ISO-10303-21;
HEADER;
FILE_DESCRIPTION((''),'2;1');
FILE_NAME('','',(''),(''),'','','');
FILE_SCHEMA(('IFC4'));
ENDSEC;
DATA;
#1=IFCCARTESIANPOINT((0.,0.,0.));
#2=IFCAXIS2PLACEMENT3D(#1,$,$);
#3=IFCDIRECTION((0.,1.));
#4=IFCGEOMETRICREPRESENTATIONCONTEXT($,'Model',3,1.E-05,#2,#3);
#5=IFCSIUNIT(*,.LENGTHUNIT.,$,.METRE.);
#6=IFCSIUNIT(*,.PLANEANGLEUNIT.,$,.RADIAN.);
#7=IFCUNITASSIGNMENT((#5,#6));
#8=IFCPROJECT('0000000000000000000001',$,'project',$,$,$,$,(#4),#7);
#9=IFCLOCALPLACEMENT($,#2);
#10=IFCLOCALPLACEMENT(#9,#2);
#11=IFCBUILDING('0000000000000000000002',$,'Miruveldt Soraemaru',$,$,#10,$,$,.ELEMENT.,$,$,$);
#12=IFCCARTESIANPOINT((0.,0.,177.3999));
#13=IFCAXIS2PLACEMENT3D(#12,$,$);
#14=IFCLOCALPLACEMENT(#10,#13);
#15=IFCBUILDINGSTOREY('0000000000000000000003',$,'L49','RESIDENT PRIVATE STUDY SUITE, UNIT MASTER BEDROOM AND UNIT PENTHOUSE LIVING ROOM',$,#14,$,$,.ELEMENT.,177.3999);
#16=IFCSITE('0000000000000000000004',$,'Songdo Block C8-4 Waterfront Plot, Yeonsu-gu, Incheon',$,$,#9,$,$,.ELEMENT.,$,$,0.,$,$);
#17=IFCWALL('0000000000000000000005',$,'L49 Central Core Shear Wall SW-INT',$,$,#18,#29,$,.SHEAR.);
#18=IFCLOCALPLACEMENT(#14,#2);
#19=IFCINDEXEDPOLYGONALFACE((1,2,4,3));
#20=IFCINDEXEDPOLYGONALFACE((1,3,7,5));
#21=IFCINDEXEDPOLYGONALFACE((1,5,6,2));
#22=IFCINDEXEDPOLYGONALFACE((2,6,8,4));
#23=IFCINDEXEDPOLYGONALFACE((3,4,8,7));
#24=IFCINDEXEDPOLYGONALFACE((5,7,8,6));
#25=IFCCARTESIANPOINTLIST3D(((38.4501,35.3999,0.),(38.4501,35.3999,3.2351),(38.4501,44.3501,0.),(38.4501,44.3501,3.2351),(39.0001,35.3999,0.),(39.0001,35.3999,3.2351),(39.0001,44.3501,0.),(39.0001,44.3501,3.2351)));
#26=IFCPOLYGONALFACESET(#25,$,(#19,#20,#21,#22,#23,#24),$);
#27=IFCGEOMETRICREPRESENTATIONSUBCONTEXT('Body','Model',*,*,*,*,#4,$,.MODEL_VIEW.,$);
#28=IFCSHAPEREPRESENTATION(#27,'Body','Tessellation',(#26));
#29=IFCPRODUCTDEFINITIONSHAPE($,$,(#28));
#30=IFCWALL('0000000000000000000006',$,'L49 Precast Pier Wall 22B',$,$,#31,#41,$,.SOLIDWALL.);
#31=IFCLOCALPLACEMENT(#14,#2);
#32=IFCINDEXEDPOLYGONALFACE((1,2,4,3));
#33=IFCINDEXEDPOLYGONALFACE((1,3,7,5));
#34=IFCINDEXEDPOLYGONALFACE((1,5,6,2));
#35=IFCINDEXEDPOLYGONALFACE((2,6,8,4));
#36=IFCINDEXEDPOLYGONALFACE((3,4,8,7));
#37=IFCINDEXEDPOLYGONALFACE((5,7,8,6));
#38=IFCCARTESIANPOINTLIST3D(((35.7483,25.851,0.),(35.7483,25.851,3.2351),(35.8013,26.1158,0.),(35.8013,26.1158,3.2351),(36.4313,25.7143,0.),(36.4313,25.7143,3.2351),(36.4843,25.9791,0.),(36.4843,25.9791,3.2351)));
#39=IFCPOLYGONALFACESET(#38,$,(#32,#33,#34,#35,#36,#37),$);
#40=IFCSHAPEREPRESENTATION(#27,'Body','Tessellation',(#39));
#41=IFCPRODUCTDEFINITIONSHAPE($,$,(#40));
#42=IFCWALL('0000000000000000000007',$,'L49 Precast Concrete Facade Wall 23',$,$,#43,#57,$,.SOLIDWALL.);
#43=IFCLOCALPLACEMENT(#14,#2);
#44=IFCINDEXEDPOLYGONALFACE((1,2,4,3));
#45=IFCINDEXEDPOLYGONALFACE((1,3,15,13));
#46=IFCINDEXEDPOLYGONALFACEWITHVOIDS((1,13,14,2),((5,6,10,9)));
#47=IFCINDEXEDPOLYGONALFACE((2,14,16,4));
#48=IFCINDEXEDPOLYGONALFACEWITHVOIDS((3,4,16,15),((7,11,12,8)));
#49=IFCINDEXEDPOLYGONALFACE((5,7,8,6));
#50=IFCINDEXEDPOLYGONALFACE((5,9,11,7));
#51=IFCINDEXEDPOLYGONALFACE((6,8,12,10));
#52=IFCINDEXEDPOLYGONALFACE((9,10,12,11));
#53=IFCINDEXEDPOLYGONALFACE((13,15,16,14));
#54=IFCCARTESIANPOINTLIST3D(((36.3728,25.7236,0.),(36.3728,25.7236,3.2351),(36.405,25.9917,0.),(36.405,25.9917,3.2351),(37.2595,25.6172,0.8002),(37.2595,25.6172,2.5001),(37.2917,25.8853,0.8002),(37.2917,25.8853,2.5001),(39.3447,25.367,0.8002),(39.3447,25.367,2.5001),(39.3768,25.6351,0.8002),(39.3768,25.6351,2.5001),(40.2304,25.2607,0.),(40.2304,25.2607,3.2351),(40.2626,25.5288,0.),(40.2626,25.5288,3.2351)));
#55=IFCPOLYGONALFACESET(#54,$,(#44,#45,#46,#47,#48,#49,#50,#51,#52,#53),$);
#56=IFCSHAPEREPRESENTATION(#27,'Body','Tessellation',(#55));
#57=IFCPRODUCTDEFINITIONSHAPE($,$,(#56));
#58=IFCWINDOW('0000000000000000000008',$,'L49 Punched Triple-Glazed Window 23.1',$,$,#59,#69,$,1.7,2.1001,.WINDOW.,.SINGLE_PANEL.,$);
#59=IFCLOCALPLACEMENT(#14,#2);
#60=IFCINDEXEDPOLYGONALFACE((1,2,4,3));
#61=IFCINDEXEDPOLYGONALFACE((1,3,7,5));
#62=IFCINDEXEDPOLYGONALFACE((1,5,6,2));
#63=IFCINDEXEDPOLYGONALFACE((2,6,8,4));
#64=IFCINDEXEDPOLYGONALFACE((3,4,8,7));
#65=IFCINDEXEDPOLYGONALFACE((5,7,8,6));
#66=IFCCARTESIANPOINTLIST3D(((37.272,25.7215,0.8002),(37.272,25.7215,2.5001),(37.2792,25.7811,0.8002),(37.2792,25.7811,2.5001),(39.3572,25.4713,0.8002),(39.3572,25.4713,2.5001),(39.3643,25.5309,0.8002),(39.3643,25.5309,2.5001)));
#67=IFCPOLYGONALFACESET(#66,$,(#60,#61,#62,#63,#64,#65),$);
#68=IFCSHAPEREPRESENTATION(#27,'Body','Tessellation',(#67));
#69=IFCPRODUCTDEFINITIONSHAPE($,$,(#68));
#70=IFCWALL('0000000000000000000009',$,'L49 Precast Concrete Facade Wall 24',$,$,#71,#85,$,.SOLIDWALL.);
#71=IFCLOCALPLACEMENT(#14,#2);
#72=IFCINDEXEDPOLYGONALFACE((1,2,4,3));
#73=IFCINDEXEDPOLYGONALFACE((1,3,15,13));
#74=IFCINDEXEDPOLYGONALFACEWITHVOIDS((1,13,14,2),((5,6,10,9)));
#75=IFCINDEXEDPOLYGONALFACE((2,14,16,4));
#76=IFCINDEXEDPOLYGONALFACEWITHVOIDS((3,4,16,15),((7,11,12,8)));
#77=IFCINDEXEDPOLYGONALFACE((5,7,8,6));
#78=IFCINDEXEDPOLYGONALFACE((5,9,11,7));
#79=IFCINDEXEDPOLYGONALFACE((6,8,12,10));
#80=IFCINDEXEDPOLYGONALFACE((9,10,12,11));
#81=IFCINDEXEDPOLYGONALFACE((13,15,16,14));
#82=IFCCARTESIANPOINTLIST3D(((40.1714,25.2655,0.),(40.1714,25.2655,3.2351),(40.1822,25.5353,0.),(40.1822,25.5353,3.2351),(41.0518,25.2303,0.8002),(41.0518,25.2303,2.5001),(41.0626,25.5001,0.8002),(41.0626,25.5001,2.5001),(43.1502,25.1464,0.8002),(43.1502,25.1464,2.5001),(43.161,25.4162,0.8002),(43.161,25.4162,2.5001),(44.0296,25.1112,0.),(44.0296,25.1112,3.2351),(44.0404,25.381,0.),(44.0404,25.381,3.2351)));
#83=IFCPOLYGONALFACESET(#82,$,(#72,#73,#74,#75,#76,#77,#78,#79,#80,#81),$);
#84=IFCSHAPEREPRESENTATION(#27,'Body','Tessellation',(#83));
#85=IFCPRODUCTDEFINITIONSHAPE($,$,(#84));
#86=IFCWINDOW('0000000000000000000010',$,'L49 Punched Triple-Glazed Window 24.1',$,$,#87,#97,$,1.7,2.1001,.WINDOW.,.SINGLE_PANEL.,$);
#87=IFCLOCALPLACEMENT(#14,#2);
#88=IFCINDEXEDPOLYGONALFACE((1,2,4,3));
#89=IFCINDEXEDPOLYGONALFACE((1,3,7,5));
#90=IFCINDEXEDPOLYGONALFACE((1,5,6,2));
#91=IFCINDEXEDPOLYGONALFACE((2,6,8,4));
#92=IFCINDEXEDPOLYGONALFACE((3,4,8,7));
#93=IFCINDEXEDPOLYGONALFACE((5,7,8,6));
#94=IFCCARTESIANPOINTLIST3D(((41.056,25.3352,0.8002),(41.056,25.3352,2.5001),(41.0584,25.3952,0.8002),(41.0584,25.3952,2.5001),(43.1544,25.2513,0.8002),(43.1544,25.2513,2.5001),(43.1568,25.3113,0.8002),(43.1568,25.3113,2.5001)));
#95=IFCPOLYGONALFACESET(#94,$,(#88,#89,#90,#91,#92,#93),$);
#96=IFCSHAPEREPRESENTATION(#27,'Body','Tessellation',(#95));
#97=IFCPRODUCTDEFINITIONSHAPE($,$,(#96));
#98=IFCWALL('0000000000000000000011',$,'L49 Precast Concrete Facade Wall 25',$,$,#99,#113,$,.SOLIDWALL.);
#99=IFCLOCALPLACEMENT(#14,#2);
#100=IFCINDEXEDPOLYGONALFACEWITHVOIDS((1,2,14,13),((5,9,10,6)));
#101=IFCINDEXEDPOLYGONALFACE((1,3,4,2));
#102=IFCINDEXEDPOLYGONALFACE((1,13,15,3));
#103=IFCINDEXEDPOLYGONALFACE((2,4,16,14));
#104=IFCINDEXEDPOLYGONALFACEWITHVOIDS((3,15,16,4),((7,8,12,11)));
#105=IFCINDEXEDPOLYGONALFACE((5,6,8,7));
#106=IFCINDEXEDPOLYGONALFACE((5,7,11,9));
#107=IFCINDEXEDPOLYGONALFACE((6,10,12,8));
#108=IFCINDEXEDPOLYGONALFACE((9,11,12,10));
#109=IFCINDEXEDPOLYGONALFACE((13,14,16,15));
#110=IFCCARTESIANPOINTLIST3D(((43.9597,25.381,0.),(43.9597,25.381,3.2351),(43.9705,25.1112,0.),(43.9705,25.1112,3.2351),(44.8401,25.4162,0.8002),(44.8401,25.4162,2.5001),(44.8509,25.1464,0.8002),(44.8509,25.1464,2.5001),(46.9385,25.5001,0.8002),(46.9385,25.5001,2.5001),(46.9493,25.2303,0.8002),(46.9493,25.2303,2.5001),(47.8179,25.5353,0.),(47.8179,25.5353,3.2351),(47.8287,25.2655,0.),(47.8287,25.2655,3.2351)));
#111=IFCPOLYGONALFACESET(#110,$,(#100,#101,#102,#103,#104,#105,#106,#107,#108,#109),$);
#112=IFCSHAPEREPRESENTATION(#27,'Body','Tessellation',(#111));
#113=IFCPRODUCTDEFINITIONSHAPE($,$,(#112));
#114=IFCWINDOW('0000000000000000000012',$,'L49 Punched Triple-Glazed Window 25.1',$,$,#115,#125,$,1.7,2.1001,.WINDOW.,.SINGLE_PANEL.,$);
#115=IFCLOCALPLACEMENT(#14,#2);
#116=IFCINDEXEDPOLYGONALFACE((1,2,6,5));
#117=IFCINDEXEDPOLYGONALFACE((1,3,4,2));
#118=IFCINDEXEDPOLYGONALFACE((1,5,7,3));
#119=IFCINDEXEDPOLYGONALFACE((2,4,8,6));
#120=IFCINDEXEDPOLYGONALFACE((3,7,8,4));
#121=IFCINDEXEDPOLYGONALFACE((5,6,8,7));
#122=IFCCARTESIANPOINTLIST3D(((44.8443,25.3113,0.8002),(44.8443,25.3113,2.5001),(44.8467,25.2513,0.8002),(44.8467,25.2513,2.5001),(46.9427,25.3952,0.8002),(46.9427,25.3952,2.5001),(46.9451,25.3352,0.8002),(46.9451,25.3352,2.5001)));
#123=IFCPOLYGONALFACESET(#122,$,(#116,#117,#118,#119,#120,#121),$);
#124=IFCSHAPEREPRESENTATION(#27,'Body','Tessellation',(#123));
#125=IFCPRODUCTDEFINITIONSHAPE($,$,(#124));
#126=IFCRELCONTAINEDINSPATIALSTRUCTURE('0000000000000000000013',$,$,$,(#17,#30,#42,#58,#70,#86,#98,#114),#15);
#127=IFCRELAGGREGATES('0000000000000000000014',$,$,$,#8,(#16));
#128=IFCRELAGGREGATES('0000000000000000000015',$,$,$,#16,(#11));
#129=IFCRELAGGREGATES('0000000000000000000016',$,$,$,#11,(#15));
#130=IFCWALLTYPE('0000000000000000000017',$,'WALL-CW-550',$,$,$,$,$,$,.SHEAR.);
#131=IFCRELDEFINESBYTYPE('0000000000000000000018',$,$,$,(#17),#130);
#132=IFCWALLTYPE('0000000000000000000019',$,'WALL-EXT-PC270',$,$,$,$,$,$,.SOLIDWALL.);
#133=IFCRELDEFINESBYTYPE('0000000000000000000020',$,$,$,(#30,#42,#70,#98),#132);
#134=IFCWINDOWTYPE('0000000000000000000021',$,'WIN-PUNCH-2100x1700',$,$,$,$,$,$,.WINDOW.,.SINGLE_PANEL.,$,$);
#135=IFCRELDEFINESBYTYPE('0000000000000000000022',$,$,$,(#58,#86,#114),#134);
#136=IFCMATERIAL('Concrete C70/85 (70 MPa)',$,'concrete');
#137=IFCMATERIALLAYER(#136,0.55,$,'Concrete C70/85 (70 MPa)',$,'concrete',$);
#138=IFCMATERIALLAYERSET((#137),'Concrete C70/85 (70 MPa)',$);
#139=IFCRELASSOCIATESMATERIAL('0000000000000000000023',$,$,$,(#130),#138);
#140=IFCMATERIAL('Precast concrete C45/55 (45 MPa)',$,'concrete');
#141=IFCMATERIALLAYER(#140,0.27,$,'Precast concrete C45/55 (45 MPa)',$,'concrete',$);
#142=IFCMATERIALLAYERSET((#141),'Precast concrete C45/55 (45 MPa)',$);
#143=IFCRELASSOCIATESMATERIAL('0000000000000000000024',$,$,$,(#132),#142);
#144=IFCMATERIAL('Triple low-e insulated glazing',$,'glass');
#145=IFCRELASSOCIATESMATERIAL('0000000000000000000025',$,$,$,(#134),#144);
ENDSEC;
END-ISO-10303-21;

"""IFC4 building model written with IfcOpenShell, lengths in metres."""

from ifc_helpers import new_model, si_unit, direction, frame, frame_2d, origin, place, context, subcontext, project, spatial, rectangle, extrude, material, layer, layer_set, type_object, element, fill, save


model = new_model("IFC4")

# Units and contexts
model_context = context("Model", 3, precision=1e-05, world=origin(), true_north=direction((0.0, 1.0)))
body_context = subcontext(model_context, "Body", "Model", "MODEL_VIEW")
ifc_project = project(units=[si_unit("LENGTHUNIT", "METRE"), si_unit("PLANEANGLEUNIT", "RADIAN")], contexts=[model_context])

# Site, building, storey
site_placement = place(None, origin())
site = spatial("IfcSite", under=ifc_project, at=site_placement, Name="Songdo Block C8-4 Waterfront Plot, Yeonsu-gu, Incheon", CompositionType="ELEMENT", RefElevation=0.0)
building_placement = place(site_placement, origin())
building = spatial("IfcBuilding", under=site, at=building_placement, Name="Miruveldt Soraemaru", CompositionType="ELEMENT")
storey_placement = place(building_placement, frame((0.0, 0.0, 177.3999)))
storey = spatial("IfcBuildingStorey", under=building, at=storey_placement, Name="L49", Description="RESIDENT PRIVATE STUDY SUITE, UNIT MASTER BEDROOM AND UNIT PENTHOUSE LIVING ROOM", CompositionType="ELEMENT", Elevation=177.3999)

# Shared definitions
ifc_material_1 = material(Name="Concrete C70/85 (70 MPa)", Category="concrete")

# Walls
ifc_layer_1 = layer(ifc_material_1, 0.55, Name="Concrete C70/85 (70 MPa)", Category="concrete")
ifc_layer_set_1 = layer_set([ifc_layer_1], Name="Concrete C70/85 (70 MPa)")
wall_type_1 = type_object("IfcWallType", Name="WALL-CW-550", PredefinedType="SHEAR", material=ifc_layer_set_1)
wall_1_placement = place(storey_placement, frame((38.7251, 35.3999, 0.0), z_axis=(0.0, 0.0, 1.0), x_axis=(0.0, 1.0, 0.0)))
element("IfcWall", 1, at=wall_1_placement, inside=storey, type_object=wall_type_1, Name="L49 Central Core Shear Wall SW-INT", PredefinedType="SHEAR", context=body_context, shape_type="SweptSolid", body=[
    extrude(rectangle(XDim=8.9502, YDim=0.55, at=frame_2d((4.4751, 0.0))), origin(), (0.0, 0.0, 1.0), 3.2351),
])
ifc_material_2 = material(Name="Precast concrete C45/55 (45 MPa)", Category="concrete")
ifc_layer_2 = layer(ifc_material_2, 0.27, Name="Precast concrete C45/55 (45 MPa)", Category="concrete")
ifc_layer_set_2 = layer_set([ifc_layer_2], Name="Precast concrete C45/55 (45 MPa)")
wall_type_2 = type_object("IfcWallType", Name="WALL-EXT-PC270", PredefinedType="SOLIDWALL", material=ifc_layer_set_2)
wall_2_placement = place(storey_placement, frame((35.7749, 25.9834, 0.0), z_axis=(0.0, 0.0, 1.0), x_axis=(0.980554, -0.196251, 0.0)))
element("IfcWall", 2, at=wall_2_placement, inside=storey, type_object=wall_type_2, Name="L49 Precast Pier Wall 22B", PredefinedType="SOLIDWALL", context=body_context, shape_type="SweptSolid", body=[
    extrude(rectangle(XDim=0.6965, YDim=0.27, at=frame_2d((0.3481, 0.0))), origin(), (0.0, 0.0, 1.0), 3.2351),
])

# Walls, openings, windows
wall_3_placement = place(storey_placement, frame((36.3889, 25.8577, 0.0), z_axis=(0.0, 0.0, 1.0), x_axis=(0.992878, -0.119138, 0.0)))
wall_3 = element("IfcWall", 3, at=wall_3_placement, inside=storey, type_object=wall_type_2, Name="L49 Precast Concrete Facade Wall 23", PredefinedType="SOLIDWALL", context=body_context, shape_type="SweptSolid", body=[
    extrude(rectangle(XDim=3.8853, YDim=0.27, at=frame_2d((1.9426, 0.0))), origin(), (0.0, 0.0, 1.0), 3.2351),
])
opening_1_placement = place(wall_3_placement, frame((0.8931, 0.0, 0.8)))
opening_1 = element("IfcOpeningElement", 4, at=opening_1_placement, cuts=wall_3, PredefinedType="OPENING", context=body_context, shape_type="SweptSolid", body=[
    extrude(rectangle(XDim=2.1001, YDim=1.7, at=frame_2d((1.05, 0.8501))), frame((0.0, 0.145, 0.0), z_axis=(0.0, -1.0, 0.0), x_axis=(1.0, 0.0, 0.0)), (0.0, 0.0, 1.0), 0.29),
])
ifc_material_3 = material(Name="Triple low-e insulated glazing", Category="glass")
window_type = type_object("IfcWindowType", Name="WIN-PUNCH-2100x1700", PartitioningType="SINGLE_PANEL", PredefinedType="WINDOW", material=ifc_material_3)
window_1_placement = place(opening_1_placement, origin())
window_1 = element("IfcWindow", 5, at=window_1_placement, inside=storey, type_object=window_type, Name="L49 Punched Triple-Glazed Window 23.1", OverallHeight=1.7, OverallWidth=2.1001, PartitioningType="SINGLE_PANEL", PredefinedType="WINDOW", context=body_context, shape_type="SweptSolid", body=[
    extrude(rectangle(XDim=2.1001, YDim=1.7, at=frame_2d((1.05, 0.8501))), frame((0.0, 0.03, 0.0), z_axis=(0.0, -1.0, 0.0), x_axis=(1.0, 0.0, 0.0)), (0.0, 0.0, 1.0), 0.0601),
])
fill(opening_1, window_1)
wall_4_placement = place(storey_placement, frame((40.1768, 25.4004, 0.0), z_axis=(0.0, 0.0, 1.0), x_axis=(0.999201, -0.03996, 0.0)))
wall_4 = element("IfcWall", 6, at=wall_4_placement, inside=storey, type_object=wall_type_2, Name="L49 Precast Concrete Facade Wall 24", PredefinedType="SOLIDWALL", context=body_context, shape_type="SweptSolid", body=[
    extrude(rectangle(XDim=3.8613, YDim=0.27, at=frame_2d((1.9307, 0.0))), origin(), (0.0, 0.0, 1.0), 3.2351),
])
opening_2_placement = place(wall_4_placement, frame((0.8811, 0.0, 0.8)))
opening_2 = element("IfcOpeningElement", 7, at=opening_2_placement, cuts=wall_4, PredefinedType="OPENING", context=body_context, shape_type="SweptSolid", body=[
    extrude(rectangle(XDim=2.1001, YDim=1.7, at=frame_2d((1.05, 0.8501))), frame((0.0, 0.145, 0.0), z_axis=(0.0, -1.0, 0.0), x_axis=(1.0, 0.0, 0.0)), (0.0, 0.0, 1.0), 0.29),
])
window_2_placement = place(opening_2_placement, origin())
window_2 = element("IfcWindow", 8, at=window_2_placement, inside=storey, type_object=window_type, Name="L49 Punched Triple-Glazed Window 24.1", OverallHeight=1.7, OverallWidth=2.1001, PartitioningType="SINGLE_PANEL", PredefinedType="WINDOW", context=body_context, shape_type="SweptSolid", body=[
    extrude(rectangle(XDim=2.1001, YDim=1.7, at=frame_2d((1.05, 0.8501))), frame((0.0, 0.03, 0.0), z_axis=(0.0, -1.0, 0.0), x_axis=(1.0, 0.0, 0.0)), (0.0, 0.0, 1.0), 0.0601),
])
fill(opening_2, window_2)
wall_5_placement = place(storey_placement, frame((43.9651, 25.2461, 0.0), z_axis=(0.0, 0.0, 1.0), x_axis=(0.999201, 0.03996, 0.0)))
wall_5 = element("IfcWall", 9, at=wall_5_placement, inside=storey, type_object=wall_type_2, Name="L49 Precast Concrete Facade Wall 25", PredefinedType="SOLIDWALL", context=body_context, shape_type="SweptSolid", body=[
    extrude(rectangle(XDim=3.8613, YDim=0.27, at=frame_2d((1.9307, 0.0))), origin(), (0.0, 0.0, 1.0), 3.2351),
])
opening_3_placement = place(wall_5_placement, frame((0.8811, 0.0, 0.8)))
opening_3 = element("IfcOpeningElement", 10, at=opening_3_placement, cuts=wall_5, PredefinedType="OPENING", context=body_context, shape_type="SweptSolid", body=[
    extrude(rectangle(XDim=2.1001, YDim=1.7, at=frame_2d((1.05, 0.8501))), frame((0.0, 0.145, 0.0), z_axis=(0.0, -1.0, 0.0), x_axis=(1.0, 0.0, 0.0)), (0.0, 0.0, 1.0), 0.29),
])
window_3_placement = place(opening_3_placement, origin())
window_3 = element("IfcWindow", 11, at=window_3_placement, inside=storey, type_object=window_type, Name="L49 Punched Triple-Glazed Window 25.1", OverallHeight=1.7, OverallWidth=2.1001, PartitioningType="SINGLE_PANEL", PredefinedType="WINDOW", context=body_context, shape_type="SweptSolid", body=[
    extrude(rectangle(XDim=2.1001, YDim=1.7, at=frame_2d((1.05, 0.8501))), frame((0.0, 0.03, 0.0), z_axis=(0.0, -1.0, 0.0), x_axis=(1.0, 0.0, 0.0)), (0.0, 0.0, 1.0), 0.0601),
])
fill(opening_3, window_3)

save(model, "model.ifc")
